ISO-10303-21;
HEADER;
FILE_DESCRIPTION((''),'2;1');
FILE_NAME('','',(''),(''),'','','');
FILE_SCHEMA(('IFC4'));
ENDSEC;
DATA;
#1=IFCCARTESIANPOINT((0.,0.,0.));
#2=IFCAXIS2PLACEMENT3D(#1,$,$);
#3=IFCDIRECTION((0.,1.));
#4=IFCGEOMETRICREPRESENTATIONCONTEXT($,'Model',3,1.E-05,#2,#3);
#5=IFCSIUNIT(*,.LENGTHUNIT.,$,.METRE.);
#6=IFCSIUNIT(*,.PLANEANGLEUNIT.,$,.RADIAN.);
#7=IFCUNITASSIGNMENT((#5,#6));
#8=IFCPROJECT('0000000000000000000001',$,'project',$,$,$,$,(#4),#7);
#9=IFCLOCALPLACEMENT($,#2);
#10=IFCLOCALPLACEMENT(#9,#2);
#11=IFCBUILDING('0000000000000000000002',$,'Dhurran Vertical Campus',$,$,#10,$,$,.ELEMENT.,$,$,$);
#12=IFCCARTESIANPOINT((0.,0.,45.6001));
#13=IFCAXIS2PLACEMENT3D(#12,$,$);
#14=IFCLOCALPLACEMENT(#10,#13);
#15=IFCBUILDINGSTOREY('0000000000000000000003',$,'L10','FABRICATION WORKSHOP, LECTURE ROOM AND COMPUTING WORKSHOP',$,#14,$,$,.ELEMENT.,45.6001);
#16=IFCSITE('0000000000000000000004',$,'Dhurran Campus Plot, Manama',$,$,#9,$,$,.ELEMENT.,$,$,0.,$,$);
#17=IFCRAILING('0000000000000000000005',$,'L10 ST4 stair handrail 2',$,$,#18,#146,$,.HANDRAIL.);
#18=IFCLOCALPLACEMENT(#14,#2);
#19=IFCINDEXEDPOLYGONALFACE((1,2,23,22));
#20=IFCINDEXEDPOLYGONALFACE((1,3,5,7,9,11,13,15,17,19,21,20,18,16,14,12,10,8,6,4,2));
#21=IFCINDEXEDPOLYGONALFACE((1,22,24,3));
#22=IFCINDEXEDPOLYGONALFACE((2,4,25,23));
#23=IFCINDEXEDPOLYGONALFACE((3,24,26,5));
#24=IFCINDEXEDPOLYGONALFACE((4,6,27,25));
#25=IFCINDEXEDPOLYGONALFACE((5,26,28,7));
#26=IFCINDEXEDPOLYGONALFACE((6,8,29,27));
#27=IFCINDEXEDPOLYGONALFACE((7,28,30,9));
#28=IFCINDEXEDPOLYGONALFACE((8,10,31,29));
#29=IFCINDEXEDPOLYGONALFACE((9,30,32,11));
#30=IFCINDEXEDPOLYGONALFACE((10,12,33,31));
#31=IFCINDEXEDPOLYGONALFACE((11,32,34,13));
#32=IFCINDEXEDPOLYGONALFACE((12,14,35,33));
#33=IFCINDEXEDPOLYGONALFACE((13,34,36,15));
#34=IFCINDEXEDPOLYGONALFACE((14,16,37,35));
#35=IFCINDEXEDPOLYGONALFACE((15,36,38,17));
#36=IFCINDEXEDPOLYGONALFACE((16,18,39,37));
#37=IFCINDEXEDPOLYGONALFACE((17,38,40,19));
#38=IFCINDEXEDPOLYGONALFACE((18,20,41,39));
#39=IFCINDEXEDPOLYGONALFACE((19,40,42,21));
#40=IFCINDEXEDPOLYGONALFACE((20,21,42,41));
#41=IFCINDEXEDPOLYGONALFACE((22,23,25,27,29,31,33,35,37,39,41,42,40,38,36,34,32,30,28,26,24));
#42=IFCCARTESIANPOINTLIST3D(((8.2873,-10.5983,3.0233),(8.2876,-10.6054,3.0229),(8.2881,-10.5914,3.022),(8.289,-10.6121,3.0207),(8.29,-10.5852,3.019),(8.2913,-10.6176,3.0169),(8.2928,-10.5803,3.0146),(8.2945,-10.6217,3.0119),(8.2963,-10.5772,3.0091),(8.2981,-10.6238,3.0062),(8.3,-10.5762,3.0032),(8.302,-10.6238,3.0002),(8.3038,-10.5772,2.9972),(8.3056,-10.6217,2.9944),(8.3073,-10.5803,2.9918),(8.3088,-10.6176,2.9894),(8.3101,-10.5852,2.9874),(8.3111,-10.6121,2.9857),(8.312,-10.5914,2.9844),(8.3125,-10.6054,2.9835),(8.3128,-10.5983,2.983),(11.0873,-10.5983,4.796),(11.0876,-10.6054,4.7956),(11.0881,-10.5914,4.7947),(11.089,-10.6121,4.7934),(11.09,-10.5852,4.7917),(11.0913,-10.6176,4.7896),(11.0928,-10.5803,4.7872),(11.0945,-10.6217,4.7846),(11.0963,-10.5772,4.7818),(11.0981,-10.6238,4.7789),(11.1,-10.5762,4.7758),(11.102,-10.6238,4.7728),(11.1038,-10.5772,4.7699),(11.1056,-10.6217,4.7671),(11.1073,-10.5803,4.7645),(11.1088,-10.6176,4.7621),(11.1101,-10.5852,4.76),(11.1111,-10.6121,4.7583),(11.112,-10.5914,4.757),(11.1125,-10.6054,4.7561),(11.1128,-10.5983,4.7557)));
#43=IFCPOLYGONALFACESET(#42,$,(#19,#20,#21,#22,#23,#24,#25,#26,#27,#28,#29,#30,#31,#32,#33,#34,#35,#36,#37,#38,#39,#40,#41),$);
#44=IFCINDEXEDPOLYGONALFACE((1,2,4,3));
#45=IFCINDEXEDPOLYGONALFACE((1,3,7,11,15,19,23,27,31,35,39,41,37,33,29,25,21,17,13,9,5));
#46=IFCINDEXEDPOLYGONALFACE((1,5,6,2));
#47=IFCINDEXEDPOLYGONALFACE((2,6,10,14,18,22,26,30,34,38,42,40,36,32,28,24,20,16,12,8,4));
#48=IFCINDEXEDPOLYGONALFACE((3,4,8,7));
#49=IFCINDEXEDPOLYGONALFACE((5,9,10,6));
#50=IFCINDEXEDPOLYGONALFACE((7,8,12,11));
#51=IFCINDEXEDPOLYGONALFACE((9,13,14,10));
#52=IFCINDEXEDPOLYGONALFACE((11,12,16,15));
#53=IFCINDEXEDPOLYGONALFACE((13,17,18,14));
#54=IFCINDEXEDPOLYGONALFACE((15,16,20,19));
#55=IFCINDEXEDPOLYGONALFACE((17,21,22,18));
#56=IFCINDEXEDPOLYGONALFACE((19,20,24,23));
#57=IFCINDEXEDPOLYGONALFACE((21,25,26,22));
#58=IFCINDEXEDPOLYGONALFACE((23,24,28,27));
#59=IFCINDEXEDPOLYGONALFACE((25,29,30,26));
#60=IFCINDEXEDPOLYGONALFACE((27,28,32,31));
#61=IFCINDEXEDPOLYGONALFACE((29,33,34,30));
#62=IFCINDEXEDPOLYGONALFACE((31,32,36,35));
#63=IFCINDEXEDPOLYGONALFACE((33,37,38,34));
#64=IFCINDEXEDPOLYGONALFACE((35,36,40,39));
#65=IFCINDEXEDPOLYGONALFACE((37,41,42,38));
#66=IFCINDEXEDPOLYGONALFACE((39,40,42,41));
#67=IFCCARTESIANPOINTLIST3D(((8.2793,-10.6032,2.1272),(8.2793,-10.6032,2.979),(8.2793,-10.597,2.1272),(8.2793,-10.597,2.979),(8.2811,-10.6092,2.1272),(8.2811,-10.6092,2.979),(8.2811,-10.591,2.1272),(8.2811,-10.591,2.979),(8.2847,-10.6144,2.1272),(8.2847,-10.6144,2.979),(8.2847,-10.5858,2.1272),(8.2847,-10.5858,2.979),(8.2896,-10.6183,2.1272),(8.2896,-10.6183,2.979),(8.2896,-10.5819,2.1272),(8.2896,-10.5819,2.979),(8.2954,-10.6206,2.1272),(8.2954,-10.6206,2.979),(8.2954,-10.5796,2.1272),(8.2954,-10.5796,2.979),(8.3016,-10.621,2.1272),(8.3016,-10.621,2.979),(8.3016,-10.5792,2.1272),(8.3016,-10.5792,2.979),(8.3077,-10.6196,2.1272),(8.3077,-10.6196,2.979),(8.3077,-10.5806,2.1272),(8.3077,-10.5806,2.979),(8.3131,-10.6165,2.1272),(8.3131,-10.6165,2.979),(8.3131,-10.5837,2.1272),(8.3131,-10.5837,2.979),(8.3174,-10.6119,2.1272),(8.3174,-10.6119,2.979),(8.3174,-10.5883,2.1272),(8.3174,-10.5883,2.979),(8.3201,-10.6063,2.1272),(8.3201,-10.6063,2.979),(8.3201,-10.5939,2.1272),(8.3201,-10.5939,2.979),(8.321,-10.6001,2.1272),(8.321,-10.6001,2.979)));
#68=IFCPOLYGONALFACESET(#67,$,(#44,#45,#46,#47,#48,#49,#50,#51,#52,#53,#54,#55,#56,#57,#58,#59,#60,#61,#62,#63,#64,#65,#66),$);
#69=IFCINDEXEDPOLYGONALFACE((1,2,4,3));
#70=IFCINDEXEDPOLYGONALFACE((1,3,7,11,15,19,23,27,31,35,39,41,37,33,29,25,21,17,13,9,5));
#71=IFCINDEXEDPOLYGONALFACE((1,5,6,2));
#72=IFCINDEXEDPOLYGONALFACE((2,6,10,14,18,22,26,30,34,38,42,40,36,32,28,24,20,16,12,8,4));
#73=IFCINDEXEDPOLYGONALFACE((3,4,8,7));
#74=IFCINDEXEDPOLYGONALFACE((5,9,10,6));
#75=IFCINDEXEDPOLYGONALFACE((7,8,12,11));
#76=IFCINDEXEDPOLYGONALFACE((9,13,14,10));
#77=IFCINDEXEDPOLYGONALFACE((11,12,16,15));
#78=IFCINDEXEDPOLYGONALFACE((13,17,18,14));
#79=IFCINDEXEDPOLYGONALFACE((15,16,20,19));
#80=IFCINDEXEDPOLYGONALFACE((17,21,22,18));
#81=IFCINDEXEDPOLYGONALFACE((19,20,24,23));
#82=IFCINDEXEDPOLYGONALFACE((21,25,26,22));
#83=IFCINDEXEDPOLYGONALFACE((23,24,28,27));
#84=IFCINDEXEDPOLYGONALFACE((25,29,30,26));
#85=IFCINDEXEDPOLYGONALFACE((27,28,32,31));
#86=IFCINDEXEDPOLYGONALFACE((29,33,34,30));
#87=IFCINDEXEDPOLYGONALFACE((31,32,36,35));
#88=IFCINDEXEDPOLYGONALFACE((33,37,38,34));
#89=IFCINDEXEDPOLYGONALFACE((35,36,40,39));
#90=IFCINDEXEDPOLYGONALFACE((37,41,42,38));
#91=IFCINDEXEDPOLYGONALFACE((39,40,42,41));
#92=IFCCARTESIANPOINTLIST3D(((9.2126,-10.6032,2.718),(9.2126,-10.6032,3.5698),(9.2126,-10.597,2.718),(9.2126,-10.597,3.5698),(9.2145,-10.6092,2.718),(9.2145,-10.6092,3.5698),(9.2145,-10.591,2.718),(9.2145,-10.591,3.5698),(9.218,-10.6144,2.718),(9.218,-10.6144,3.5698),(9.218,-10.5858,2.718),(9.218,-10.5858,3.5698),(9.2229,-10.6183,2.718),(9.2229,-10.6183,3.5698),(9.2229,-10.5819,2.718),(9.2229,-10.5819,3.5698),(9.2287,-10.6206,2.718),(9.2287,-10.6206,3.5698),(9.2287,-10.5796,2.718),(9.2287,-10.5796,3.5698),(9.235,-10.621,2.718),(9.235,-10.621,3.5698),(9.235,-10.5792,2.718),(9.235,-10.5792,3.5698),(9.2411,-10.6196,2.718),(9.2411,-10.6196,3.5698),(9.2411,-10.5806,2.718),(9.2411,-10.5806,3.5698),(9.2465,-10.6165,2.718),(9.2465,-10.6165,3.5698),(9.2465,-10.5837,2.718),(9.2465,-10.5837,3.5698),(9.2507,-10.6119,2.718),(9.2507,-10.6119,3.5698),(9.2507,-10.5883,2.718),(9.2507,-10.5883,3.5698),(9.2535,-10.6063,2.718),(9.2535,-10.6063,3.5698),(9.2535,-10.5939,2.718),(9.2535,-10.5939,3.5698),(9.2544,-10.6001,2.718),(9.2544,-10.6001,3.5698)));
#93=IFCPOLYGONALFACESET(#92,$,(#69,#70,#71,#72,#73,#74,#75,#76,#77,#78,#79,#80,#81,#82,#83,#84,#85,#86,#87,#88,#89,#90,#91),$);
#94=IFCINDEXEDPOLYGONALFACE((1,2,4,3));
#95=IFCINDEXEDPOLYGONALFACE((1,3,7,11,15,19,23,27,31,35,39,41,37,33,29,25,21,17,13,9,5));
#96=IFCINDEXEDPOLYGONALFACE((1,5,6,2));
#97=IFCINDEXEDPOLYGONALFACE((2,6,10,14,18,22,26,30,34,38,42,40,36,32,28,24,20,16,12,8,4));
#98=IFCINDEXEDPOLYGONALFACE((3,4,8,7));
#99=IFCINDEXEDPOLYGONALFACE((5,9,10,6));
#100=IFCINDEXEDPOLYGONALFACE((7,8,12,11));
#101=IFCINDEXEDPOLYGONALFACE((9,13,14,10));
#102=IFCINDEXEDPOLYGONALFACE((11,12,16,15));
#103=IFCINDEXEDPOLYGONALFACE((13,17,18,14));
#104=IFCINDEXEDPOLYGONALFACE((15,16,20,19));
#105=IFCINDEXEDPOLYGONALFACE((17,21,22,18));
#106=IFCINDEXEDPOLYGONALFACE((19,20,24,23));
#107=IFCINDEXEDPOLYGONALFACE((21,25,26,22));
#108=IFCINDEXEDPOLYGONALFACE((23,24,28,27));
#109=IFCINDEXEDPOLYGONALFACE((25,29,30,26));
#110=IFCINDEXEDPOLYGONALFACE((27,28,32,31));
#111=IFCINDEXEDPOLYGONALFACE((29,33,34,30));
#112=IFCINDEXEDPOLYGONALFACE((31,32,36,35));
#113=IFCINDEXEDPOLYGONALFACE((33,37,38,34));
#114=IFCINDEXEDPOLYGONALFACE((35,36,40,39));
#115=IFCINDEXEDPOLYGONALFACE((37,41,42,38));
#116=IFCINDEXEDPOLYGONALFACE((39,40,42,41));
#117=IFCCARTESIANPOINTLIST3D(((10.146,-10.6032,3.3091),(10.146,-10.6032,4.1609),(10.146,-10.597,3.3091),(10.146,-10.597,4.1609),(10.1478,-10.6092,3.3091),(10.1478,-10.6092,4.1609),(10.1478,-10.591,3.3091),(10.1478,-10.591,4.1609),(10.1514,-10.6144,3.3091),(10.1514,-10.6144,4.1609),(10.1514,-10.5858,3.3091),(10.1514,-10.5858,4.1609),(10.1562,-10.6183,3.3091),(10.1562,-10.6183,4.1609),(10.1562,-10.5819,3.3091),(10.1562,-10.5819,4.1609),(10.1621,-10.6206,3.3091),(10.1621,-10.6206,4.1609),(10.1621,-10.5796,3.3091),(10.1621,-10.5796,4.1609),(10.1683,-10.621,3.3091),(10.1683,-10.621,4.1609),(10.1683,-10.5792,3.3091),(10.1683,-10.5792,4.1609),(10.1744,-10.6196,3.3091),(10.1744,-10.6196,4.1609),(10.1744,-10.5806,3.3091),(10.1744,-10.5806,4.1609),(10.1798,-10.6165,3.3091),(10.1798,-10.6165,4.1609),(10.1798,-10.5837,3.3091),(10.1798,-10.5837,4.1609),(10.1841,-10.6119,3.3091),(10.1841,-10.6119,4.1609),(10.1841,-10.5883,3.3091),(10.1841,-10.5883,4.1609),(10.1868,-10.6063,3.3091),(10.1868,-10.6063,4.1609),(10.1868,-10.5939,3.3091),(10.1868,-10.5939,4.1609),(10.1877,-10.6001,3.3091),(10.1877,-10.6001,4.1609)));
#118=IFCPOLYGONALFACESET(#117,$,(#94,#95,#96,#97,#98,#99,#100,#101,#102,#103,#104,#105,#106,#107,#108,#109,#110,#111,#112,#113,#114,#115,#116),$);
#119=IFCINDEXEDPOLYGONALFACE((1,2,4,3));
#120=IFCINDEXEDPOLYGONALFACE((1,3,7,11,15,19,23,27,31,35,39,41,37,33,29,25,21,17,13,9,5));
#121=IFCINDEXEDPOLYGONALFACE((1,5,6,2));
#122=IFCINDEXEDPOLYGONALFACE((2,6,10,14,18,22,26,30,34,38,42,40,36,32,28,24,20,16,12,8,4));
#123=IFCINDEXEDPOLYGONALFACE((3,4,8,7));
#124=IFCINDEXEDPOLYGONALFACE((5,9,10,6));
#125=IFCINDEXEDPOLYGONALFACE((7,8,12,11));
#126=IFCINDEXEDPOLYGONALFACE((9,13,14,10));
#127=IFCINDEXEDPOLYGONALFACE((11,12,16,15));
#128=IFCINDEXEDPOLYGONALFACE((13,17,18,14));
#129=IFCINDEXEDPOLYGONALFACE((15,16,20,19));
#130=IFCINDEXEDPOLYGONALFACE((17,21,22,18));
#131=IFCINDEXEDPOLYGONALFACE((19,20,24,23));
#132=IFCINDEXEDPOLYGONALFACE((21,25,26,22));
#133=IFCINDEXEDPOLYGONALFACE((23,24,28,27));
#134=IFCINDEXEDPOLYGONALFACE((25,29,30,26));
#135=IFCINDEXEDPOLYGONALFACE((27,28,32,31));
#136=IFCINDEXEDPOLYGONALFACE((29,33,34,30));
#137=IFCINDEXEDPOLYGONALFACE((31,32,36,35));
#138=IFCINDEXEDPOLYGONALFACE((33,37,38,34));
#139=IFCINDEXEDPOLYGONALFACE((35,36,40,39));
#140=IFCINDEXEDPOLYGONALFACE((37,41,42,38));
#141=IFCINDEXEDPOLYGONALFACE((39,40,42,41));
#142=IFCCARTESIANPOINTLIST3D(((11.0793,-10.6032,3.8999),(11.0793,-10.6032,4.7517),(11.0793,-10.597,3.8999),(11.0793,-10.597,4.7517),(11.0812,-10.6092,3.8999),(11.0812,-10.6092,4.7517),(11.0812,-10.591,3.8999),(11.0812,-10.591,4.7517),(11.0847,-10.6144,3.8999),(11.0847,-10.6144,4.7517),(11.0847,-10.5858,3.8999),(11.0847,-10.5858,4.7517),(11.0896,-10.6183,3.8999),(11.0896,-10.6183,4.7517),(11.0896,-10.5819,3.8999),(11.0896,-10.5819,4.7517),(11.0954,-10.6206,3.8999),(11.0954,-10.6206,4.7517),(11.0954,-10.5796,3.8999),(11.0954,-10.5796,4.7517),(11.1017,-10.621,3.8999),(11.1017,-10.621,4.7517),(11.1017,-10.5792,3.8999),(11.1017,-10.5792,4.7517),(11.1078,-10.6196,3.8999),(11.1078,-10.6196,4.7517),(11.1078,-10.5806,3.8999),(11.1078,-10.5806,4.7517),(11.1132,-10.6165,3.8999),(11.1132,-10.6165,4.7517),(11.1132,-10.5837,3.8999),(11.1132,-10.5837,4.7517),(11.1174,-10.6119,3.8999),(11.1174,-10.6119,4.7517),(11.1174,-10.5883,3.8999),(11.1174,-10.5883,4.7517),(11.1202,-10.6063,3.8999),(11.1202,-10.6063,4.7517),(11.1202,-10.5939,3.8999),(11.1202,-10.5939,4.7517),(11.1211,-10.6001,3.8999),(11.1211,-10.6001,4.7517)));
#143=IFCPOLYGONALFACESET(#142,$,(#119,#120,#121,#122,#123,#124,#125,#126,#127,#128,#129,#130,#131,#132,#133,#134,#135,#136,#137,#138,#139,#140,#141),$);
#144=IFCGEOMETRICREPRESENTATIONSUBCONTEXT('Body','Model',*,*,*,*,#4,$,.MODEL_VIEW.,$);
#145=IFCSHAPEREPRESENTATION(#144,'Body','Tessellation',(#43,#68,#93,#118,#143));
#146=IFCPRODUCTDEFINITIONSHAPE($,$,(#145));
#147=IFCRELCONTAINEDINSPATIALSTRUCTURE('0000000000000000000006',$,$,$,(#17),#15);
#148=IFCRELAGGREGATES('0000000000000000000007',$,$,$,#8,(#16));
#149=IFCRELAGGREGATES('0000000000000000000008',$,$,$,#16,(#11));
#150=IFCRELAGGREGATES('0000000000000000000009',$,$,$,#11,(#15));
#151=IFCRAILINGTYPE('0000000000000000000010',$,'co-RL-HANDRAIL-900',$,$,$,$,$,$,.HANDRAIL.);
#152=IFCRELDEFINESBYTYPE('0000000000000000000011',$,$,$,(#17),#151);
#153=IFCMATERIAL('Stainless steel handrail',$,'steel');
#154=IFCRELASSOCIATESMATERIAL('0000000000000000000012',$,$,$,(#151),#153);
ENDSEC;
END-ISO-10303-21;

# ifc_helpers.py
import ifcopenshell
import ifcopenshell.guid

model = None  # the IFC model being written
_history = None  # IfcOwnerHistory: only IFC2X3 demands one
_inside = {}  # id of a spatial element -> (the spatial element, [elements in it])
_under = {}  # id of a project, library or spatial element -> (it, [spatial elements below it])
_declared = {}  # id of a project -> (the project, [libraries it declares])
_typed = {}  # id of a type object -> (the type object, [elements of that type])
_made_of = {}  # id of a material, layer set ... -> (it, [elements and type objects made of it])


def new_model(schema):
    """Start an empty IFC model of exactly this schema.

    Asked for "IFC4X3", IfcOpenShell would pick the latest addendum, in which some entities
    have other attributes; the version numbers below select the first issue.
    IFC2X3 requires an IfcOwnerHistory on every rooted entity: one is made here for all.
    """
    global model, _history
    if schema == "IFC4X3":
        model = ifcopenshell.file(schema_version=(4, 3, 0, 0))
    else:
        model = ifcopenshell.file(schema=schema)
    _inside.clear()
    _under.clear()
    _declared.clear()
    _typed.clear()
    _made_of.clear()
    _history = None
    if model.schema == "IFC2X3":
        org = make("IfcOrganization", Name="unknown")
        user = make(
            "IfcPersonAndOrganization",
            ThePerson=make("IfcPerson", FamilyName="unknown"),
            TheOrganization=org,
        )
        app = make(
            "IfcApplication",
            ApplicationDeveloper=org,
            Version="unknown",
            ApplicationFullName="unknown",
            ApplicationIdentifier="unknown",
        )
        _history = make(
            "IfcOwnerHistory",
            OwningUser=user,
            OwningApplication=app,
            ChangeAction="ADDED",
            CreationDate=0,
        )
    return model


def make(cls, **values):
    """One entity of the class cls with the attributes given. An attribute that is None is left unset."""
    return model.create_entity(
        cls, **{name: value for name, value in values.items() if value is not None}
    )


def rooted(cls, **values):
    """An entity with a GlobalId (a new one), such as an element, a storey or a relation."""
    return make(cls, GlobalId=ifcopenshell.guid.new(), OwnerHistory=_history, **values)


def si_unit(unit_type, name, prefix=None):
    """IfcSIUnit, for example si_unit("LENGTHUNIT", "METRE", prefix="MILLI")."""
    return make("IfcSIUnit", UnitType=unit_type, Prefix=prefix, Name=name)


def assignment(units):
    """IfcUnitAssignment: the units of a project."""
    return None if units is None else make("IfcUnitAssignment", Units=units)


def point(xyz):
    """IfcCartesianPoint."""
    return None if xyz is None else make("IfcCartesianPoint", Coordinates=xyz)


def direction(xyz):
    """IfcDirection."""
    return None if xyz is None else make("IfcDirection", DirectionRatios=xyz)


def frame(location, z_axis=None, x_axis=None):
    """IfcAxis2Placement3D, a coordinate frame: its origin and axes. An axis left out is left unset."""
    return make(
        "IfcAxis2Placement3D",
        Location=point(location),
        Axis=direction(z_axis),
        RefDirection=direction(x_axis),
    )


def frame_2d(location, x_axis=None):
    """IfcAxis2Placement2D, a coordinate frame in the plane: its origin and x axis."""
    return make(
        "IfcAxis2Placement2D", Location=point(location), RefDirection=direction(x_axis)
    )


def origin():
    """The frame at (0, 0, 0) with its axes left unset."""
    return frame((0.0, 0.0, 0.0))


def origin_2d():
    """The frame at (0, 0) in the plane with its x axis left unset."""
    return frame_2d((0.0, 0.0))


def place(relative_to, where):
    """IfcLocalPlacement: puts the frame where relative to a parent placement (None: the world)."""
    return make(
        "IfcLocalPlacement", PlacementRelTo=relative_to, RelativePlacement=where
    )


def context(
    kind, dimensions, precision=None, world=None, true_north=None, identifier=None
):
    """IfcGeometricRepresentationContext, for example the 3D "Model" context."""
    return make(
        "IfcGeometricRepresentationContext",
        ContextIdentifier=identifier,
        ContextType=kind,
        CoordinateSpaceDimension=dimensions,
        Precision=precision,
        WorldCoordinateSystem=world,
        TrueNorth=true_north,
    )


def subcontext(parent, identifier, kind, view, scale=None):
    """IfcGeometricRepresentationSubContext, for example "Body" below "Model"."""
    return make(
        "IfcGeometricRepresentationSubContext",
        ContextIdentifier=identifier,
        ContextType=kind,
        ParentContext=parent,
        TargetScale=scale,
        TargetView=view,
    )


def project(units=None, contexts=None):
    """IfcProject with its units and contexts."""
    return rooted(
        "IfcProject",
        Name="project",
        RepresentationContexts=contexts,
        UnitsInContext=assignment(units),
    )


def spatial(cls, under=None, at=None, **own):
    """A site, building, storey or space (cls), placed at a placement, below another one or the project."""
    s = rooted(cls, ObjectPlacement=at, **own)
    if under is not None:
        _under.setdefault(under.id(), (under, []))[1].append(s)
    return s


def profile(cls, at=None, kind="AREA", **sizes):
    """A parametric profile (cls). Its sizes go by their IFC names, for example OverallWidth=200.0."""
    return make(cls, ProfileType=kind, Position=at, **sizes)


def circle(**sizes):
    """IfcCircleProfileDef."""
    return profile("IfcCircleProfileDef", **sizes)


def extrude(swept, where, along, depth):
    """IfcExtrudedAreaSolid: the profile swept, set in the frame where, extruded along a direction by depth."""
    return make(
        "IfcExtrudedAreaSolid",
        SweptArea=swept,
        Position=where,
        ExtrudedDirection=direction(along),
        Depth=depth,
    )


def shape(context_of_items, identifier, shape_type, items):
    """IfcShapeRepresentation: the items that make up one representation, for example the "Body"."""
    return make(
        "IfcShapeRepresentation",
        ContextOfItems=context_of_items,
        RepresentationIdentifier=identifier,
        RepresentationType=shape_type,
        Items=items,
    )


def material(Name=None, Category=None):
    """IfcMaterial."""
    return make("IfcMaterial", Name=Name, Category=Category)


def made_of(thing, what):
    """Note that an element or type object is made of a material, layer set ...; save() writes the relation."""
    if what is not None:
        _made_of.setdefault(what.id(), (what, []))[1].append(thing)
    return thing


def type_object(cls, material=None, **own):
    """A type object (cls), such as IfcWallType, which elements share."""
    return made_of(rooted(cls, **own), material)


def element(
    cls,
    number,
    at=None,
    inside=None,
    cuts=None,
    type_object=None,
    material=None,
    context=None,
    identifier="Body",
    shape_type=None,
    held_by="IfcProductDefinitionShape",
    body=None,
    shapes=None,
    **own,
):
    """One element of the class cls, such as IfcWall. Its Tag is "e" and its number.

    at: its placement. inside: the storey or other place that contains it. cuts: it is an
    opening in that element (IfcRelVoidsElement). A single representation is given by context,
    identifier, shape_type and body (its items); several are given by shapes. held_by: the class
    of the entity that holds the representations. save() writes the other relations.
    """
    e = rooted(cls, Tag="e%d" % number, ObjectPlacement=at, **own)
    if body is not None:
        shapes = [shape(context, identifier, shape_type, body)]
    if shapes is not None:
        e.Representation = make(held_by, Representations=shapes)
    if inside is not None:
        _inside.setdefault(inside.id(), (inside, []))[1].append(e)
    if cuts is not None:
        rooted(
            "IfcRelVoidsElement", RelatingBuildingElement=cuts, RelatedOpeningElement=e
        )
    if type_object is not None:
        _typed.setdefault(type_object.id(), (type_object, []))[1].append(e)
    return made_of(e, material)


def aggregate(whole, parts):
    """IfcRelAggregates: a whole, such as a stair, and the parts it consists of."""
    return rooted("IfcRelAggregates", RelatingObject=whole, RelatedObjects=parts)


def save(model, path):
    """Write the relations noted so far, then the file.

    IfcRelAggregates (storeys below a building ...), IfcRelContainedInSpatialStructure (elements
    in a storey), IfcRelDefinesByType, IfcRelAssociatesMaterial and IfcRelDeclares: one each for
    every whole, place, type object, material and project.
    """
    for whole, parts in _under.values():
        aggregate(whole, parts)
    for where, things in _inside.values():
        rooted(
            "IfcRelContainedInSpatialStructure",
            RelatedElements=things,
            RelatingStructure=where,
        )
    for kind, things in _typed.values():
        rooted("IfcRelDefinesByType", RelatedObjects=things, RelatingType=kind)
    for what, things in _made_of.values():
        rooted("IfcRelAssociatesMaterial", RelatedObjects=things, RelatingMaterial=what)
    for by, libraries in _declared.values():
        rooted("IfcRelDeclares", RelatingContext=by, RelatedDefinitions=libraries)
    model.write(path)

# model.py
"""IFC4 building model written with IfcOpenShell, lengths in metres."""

from ifc_helpers import new_model, si_unit, direction, frame, origin, origin_2d, place, context, subcontext, project, spatial, circle, extrude, material, type_object, element, save


model = new_model("IFC4")

# Units and contexts
model_context = context("Model", 3, precision=1e-05, world=origin(), true_north=direction((0.0, 1.0)))
body_context = subcontext(model_context, "Body", "Model", "MODEL_VIEW")
ifc_project = project(units=[si_unit("LENGTHUNIT", "METRE"), si_unit("PLANEANGLEUNIT", "RADIAN")], contexts=[model_context])

# Site, building, storey
site_placement = place(None, origin())
site = spatial("IfcSite", under=ifc_project, at=site_placement, Name="Dhurran Campus Plot, Manama", CompositionType="ELEMENT", RefElevation=0.0)
building_placement = place(site_placement, origin())
building = spatial("IfcBuilding", under=site, at=building_placement, Name="Dhurran Vertical Campus", CompositionType="ELEMENT")
storey_placement = place(building_placement, frame((0.0, 0.0, 45.6001)))
storey = spatial("IfcBuildingStorey", under=building, at=storey_placement, Name="L10", Description="FABRICATION WORKSHOP, LECTURE ROOM AND COMPUTING WORKSHOP", CompositionType="ELEMENT", Elevation=45.6001)

# Railing
ifc_material_1 = material(Name="Stainless steel handrail", Category="steel")
railing_type_1 = type_object("IfcRailingType", Name="co-RL-HANDRAIL-900", PredefinedType="HANDRAIL", material=ifc_material_1)
railing_1_placement = place(storey_placement, frame((8.3, -10.6001, 2.1272)))
element("IfcRailing", 1, at=railing_1_placement, inside=storey, type_object=railing_type_1, Name="L10 ST4 stair handrail 2", PredefinedType="HANDRAIL", context=body_context, shape_type="SweptSolid", body=[
    extrude(circle(Radius=0.0239, at=origin_2d()), frame((0.0, 0.0, 0.876), z_axis=(0.844909, 0.0, 0.53491), x_axis=(0.0, 1.0, 0.0)), (0.0, 0.0, 1.0), 3.314),
    extrude(circle(Radius=0.021, at=origin_2d()), origin(), (0.0, 0.0, 1.0), 0.8518),
    extrude(circle(Radius=0.021, at=origin_2d()), frame((0.9333, 0.0, 0.5908)), (0.0, 0.0, 1.0), 0.8518),
    extrude(circle(Radius=0.021, at=origin_2d()), frame((1.8667, 0.0, 1.1819)), (0.0, 0.0, 1.0), 0.8518),
    extrude(circle(Radius=0.021, at=origin_2d()), frame((2.8, 0.0, 1.7727)), (0.0, 0.0, 1.0), 0.8518),
])

save(model, "model.ifc")
